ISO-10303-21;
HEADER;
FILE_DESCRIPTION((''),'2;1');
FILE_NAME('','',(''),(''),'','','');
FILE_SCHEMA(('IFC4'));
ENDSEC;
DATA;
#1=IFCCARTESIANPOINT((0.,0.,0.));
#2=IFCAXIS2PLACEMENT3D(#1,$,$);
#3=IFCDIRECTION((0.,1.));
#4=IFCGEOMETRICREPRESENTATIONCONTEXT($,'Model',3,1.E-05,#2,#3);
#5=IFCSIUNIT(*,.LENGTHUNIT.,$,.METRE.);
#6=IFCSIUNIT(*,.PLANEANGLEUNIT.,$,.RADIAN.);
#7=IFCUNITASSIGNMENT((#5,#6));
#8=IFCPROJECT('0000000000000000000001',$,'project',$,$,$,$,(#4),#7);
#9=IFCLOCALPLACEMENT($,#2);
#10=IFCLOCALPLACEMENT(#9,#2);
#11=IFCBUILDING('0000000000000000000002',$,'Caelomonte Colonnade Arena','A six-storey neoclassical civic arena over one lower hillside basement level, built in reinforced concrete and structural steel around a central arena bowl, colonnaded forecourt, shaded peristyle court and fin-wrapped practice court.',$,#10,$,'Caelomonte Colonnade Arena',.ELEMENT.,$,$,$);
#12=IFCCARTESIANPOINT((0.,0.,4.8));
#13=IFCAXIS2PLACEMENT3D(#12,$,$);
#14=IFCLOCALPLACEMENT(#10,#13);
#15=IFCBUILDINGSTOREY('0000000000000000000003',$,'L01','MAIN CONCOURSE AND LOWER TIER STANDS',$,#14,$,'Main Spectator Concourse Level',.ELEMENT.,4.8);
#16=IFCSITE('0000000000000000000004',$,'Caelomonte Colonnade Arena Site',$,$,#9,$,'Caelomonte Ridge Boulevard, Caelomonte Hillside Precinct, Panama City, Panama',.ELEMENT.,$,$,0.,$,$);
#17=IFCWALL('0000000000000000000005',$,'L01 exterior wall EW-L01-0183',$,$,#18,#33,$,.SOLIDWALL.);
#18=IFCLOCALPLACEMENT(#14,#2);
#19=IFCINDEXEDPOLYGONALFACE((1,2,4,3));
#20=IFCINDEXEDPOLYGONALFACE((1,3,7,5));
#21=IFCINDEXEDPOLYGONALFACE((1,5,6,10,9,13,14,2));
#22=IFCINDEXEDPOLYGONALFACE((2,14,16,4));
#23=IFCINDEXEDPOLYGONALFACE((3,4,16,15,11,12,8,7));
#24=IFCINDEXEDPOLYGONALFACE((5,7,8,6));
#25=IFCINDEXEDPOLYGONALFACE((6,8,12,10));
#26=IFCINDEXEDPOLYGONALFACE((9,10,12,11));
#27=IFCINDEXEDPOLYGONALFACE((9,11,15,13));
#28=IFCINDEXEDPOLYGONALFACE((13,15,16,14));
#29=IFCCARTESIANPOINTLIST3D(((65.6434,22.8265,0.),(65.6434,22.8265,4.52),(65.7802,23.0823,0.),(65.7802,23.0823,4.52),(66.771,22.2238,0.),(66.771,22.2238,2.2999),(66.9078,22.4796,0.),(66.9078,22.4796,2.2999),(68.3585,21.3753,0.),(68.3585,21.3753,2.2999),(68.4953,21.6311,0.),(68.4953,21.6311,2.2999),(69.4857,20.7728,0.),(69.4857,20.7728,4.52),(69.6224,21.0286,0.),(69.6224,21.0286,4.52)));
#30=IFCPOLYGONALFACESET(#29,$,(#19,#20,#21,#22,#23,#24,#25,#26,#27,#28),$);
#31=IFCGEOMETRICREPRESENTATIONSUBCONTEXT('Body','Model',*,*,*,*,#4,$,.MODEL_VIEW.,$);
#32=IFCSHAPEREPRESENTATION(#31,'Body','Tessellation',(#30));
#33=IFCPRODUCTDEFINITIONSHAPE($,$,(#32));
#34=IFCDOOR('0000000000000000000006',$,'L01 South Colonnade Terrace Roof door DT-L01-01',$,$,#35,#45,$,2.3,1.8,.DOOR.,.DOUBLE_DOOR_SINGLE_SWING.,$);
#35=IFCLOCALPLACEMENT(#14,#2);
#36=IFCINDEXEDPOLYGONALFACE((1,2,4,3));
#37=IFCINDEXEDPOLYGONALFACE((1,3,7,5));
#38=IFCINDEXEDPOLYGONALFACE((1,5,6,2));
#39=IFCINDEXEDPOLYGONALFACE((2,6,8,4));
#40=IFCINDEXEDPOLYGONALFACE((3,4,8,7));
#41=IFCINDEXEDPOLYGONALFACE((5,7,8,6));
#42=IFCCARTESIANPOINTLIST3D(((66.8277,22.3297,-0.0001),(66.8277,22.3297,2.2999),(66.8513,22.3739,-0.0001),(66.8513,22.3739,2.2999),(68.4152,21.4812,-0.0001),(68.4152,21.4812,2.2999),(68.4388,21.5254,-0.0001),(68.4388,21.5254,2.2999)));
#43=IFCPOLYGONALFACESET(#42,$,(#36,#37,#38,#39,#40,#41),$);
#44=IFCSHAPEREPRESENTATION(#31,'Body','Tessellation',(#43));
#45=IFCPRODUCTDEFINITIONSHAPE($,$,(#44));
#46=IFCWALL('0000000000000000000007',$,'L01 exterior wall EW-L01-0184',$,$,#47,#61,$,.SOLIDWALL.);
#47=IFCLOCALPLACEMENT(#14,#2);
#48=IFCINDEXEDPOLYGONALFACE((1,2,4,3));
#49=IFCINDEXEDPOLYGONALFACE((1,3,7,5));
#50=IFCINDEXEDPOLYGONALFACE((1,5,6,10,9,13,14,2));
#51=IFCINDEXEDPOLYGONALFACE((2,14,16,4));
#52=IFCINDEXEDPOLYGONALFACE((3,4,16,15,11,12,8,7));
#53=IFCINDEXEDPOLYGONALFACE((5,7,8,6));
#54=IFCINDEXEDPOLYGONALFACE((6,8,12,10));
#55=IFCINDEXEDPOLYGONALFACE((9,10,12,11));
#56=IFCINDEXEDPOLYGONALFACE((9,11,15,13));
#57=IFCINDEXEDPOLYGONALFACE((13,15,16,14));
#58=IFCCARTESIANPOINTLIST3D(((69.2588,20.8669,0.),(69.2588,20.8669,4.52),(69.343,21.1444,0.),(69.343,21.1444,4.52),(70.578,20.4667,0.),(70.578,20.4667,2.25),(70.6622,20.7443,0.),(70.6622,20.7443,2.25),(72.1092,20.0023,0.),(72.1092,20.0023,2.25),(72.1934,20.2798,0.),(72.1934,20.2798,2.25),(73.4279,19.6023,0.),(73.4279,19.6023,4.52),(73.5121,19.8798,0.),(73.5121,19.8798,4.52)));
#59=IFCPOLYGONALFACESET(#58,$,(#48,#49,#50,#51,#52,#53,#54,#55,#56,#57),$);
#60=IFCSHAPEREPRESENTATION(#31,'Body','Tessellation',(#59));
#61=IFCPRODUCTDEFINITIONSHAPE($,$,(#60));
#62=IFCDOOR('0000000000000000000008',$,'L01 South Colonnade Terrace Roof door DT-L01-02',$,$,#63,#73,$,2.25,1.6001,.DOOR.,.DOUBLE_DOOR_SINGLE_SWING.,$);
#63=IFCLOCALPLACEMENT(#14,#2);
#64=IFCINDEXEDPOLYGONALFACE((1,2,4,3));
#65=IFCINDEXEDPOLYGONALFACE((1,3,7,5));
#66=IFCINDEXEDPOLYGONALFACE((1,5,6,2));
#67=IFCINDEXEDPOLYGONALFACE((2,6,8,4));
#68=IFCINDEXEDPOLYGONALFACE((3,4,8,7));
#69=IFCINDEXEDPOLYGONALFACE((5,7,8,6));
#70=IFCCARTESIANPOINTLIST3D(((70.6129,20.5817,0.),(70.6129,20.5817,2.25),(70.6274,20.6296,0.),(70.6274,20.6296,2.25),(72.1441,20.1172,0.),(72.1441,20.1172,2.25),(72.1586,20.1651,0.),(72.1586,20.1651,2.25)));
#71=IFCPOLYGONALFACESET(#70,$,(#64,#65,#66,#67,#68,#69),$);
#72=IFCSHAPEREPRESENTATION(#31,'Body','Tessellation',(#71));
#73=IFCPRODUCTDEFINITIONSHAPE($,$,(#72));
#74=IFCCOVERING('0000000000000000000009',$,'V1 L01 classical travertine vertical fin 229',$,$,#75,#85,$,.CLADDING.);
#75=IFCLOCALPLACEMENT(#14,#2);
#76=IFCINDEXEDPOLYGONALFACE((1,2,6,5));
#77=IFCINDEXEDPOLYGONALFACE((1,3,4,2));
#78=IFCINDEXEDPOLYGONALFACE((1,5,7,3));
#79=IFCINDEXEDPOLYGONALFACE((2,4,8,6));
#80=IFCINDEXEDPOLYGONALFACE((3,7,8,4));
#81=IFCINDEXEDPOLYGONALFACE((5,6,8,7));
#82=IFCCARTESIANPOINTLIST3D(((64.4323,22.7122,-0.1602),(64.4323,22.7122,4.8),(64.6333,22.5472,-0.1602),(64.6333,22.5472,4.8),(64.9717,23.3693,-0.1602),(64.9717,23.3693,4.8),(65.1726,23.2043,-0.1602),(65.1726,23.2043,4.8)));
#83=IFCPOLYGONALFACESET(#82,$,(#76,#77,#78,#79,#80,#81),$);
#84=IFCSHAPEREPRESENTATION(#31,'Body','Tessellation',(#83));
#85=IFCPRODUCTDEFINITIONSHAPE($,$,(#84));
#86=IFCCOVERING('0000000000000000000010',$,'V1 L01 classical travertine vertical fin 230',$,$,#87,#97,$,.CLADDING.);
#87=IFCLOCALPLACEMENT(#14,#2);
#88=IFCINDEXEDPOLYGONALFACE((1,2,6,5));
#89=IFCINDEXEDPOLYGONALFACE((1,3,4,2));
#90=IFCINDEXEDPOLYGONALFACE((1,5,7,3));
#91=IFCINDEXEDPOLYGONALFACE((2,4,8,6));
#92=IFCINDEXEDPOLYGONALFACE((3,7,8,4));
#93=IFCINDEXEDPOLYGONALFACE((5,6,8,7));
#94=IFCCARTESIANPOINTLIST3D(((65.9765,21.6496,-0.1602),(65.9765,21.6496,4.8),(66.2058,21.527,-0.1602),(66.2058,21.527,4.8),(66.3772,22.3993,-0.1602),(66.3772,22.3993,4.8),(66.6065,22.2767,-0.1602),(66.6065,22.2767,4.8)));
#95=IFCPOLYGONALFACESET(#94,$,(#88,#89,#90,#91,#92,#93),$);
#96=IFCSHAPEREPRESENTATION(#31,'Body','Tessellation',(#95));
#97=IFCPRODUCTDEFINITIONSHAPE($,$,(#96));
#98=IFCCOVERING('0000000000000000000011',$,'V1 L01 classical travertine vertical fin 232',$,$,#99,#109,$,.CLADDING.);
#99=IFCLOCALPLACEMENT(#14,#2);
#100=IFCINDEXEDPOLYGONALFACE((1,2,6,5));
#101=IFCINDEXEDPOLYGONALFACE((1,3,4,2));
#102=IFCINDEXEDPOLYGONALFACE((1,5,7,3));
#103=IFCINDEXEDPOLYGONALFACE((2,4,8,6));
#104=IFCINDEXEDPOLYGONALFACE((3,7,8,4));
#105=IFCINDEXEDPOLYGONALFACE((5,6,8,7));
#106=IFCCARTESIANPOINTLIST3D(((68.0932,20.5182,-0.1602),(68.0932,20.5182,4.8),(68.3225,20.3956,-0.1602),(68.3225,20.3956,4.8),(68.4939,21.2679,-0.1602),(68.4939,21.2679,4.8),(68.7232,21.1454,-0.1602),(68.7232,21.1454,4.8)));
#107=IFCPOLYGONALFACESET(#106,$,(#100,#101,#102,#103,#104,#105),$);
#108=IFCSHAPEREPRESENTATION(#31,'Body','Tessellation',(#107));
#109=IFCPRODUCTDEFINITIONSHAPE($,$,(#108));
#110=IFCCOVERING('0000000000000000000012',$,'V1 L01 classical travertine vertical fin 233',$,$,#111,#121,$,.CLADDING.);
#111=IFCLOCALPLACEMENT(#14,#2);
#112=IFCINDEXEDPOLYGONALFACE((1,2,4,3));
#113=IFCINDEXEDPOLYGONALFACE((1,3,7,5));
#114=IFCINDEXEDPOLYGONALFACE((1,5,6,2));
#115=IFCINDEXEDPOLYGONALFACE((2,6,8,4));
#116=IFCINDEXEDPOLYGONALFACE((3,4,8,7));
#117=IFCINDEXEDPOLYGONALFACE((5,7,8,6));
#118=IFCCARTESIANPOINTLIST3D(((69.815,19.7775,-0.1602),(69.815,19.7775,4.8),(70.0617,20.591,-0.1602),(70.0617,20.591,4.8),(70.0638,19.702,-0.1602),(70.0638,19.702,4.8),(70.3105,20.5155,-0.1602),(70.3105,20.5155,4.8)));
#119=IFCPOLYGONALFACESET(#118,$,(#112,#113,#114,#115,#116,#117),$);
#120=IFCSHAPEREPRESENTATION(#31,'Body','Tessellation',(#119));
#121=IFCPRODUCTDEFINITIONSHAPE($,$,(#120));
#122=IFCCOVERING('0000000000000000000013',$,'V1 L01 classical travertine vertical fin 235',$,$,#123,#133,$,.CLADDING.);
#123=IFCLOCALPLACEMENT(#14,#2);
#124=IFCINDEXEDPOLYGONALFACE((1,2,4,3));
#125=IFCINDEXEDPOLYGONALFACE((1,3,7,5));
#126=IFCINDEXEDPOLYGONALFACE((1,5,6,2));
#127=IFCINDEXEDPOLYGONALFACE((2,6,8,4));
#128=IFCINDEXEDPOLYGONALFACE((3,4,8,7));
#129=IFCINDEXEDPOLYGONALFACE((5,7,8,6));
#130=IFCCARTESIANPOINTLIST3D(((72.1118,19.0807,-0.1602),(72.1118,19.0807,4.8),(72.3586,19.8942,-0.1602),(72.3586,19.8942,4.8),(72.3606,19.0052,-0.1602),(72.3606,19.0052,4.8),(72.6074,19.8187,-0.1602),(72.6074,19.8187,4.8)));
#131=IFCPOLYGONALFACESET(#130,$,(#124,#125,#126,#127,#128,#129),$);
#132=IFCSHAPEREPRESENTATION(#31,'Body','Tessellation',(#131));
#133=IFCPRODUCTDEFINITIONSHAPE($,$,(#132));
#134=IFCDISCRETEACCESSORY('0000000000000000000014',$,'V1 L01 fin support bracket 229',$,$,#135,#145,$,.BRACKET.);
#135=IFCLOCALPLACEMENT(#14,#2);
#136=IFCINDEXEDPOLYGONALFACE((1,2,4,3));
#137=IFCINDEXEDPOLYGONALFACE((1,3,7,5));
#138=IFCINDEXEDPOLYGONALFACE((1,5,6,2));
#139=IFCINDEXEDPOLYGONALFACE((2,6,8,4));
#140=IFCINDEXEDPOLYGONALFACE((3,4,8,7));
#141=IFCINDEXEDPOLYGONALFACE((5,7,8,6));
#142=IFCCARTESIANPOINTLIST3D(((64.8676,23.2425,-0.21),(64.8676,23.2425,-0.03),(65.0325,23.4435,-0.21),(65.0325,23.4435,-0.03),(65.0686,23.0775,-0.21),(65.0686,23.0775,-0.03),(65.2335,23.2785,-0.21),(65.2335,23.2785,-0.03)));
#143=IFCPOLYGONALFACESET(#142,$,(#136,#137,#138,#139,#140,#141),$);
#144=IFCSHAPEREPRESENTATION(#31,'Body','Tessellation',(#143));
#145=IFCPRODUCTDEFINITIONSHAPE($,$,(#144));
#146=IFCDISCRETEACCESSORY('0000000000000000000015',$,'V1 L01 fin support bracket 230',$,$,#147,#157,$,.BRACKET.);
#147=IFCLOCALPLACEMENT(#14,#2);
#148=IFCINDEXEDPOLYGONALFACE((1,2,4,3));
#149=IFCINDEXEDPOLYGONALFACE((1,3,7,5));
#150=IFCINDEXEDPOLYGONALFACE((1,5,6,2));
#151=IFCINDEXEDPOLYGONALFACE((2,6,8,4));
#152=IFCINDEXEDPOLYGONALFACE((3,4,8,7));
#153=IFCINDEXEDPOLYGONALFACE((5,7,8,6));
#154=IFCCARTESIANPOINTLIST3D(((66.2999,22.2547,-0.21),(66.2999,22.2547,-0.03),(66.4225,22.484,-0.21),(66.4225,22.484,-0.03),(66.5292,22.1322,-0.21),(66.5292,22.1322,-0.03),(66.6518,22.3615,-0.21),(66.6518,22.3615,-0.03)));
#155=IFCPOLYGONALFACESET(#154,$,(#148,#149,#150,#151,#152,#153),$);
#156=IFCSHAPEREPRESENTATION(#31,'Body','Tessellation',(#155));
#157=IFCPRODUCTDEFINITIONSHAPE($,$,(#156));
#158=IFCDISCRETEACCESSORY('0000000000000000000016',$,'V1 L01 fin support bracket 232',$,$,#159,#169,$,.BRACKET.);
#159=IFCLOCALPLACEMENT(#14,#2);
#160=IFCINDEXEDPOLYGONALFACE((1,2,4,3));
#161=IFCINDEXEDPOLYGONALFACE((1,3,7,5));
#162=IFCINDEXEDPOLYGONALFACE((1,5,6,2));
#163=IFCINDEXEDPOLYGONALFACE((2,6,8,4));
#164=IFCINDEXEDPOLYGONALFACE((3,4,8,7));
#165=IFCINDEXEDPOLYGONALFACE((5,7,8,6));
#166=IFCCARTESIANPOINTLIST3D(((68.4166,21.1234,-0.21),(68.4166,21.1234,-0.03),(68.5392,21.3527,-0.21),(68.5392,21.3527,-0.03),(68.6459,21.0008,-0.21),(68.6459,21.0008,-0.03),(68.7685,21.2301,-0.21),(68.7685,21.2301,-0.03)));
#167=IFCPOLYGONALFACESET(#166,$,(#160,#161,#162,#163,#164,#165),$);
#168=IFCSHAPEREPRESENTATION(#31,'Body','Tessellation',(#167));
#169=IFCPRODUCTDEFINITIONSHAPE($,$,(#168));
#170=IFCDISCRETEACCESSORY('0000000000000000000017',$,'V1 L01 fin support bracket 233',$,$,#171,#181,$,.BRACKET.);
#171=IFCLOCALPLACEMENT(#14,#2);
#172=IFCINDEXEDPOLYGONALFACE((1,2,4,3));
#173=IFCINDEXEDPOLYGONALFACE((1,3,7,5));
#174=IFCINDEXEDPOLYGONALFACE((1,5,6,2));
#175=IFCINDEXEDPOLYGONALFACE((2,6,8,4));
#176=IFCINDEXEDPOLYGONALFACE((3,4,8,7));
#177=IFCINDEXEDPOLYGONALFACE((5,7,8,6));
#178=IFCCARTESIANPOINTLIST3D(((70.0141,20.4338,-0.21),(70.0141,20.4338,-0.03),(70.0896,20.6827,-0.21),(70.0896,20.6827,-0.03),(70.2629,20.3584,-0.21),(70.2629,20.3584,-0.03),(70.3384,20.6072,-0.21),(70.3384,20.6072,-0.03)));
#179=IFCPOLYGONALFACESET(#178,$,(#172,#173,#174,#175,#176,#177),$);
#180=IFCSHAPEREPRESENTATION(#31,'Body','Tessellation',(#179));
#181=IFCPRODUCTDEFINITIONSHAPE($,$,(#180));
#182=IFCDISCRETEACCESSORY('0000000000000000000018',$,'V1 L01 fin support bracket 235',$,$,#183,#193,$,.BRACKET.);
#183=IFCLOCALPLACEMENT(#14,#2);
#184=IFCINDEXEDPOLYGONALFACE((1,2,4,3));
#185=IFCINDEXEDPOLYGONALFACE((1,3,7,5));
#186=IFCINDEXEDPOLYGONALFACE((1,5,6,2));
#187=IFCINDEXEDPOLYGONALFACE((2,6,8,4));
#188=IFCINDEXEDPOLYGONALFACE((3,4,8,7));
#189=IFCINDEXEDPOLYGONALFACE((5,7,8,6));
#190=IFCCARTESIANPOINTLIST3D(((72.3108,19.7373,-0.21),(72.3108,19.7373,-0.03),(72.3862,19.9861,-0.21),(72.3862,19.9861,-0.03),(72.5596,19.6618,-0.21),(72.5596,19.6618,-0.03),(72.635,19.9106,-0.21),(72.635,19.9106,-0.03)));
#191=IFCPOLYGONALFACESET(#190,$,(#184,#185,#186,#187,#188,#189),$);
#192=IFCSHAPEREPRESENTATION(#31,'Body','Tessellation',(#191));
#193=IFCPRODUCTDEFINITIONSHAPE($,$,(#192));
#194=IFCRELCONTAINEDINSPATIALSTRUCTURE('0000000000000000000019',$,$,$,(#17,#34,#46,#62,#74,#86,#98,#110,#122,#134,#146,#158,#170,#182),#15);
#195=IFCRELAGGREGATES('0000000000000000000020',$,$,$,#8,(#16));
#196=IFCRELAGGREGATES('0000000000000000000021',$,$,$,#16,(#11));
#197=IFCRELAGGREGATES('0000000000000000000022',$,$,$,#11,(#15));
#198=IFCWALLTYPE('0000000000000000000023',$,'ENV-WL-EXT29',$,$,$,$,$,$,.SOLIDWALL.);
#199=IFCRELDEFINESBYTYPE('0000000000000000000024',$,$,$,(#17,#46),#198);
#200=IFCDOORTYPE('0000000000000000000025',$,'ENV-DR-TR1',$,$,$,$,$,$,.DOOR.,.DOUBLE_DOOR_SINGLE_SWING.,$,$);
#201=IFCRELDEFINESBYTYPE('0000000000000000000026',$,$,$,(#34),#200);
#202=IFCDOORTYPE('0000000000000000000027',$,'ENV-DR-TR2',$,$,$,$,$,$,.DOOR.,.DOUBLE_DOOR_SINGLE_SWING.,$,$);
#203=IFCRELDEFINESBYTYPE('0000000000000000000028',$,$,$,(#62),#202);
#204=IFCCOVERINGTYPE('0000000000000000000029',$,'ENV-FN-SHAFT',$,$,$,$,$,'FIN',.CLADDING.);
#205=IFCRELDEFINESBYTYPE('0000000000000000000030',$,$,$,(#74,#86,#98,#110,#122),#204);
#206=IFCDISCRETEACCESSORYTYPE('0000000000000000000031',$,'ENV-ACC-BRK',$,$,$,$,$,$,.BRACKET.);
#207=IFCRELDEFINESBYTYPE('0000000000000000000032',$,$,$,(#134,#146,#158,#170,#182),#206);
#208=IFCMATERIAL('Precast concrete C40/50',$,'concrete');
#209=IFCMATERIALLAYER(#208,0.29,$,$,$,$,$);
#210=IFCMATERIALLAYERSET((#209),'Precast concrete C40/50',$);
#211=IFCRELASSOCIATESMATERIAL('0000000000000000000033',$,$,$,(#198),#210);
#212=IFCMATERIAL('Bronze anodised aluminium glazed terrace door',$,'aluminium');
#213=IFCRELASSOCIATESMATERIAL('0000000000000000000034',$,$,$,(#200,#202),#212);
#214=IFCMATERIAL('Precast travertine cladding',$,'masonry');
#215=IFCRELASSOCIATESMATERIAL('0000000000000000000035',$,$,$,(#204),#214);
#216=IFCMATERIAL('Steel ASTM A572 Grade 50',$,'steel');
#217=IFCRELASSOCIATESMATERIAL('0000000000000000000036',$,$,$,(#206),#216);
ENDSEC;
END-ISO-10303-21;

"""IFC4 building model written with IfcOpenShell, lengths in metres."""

from ifc_helpers import new_model, si_unit, direction, frame, frame_2d, origin, origin_2d, place, context, subcontext, project, spatial, rectangle, extrude, material, layer, layer_set, material_profile, profile_set, type_object, element, fill, save


model = new_model("IFC4")

# Units and contexts
model_context = context("Model", 3, precision=1e-05, world=origin(), true_north=direction((0.0, 1.0)))
body_context = subcontext(model_context, "Body", "Model", "MODEL_VIEW")
ifc_project = project(units=[si_unit("LENGTHUNIT", "METRE"), si_unit("PLANEANGLEUNIT", "RADIAN")], contexts=[model_context])

# Site, building, storey
site_placement = place(None, origin())
site = spatial("IfcSite", under=ifc_project, at=site_placement, Name="Caelomonte Colonnade Arena Site", LongName="Caelomonte Ridge Boulevard, Caelomonte Hillside Precinct, Panama City, Panama", CompositionType="ELEMENT", RefElevation=0.0)
building_placement = place(site_placement, origin())
building = spatial("IfcBuilding", under=site, at=building_placement, Name="Caelomonte Colonnade Arena", Description="A six-storey neoclassical civic arena over one lower hillside basement level, built in reinforced concrete and structural steel around a central arena bowl, colonnaded forecourt, shaded peristyle court and fin-wrapped practice court.", LongName="Caelomonte Colonnade Arena", CompositionType="ELEMENT")
storey_placement = place(building_placement, frame((0.0, 0.0, 4.8)))
storey = spatial("IfcBuildingStorey", under=building, at=storey_placement, Name="L01", Description="MAIN CONCOURSE AND LOWER TIER STANDS", LongName="Main Spectator Concourse Level", CompositionType="ELEMENT", Elevation=4.8)

# Walls, openings, doors
ifc_material_1 = material(Name="Precast concrete C40/50", Category="concrete")
ifc_layer_1 = layer(ifc_material_1, 0.29)
ifc_layer_set_1 = layer_set([ifc_layer_1], Name="Precast concrete C40/50")
wall_type = type_object("IfcWallType", Name="ENV-WL-EXT29", PredefinedType="SOLIDWALL", material=ifc_layer_set_1)
wall_1_placement = place(storey_placement, frame((65.7119, 22.9543, 0.0), z_axis=(0.0, 0.0, 1.0), x_axis=(0.881924, -0.471391, 0.0)))
wall_1 = element("IfcWall", 1, at=wall_1_placement, inside=storey, type_object=wall_type, Name="L01 exterior wall EW-L01-0183", PredefinedType="SOLIDWALL", context=body_context, shape_type="SweptSolid", body=[
    extrude(rectangle(XDim=4.3567, YDim=0.29, at=frame_2d((2.1782, 0.0))), origin(), (0.0, 0.0, 1.0), 4.52),
])
opening_1_placement = place(wall_1_placement, frame((3.0784, 0.0, 0.0), z_axis=(0.0, 0.0, 1.0), x_axis=(-1.0, 0.0, 0.0)))
opening_1 = element("IfcOpeningElement", 2, at=opening_1_placement, cuts=wall_1, PredefinedType="OPENING", context=body_context, shape_type="SweptSolid", body=[
    extrude(rectangle(XDim=1.8, YDim=2.3, at=frame_2d((0.8999, 1.1499))), frame((0.0, 0.155, 0.0), z_axis=(0.0, -1.0, 0.0), x_axis=(1.0, 0.0, 0.0)), (0.0, 0.0, 1.0), 0.3101),
])
ifc_material_2 = material(Name="Bronze anodised aluminium glazed terrace door", Category="aluminium")
door_type_1 = type_object("IfcDoorType", Name="ENV-DR-TR1", OperationType="DOUBLE_DOOR_SINGLE_SWING", PredefinedType="DOOR", material=ifc_material_2)
door_1_placement = place(opening_1_placement, origin())
door_1 = element("IfcDoor", 3, at=door_1_placement, inside=storey, type_object=door_type_1, Name="L01 South Colonnade Terrace Roof door DT-L01-01", OperationType="DOUBLE_DOOR_SINGLE_SWING", OverallHeight=2.3, OverallWidth=1.8, PredefinedType="DOOR", context=body_context, shape_type="SweptSolid", body=[
    extrude(rectangle(XDim=1.8, YDim=2.3, at=frame_2d((0.8999, 1.1499))), frame((0.0, 0.0249, 0.0), z_axis=(0.0, -1.0, 0.0), x_axis=(1.0, 0.0, 0.0)), (0.0, 0.0, 1.0), 0.05),
])
fill(opening_1, door_1)
wall_2_placement = place(storey_placement, frame((69.301, 21.0056, 0.0), z_axis=(0.0, 0.0, 1.0), x_axis=(0.956944, -0.290272, 0.0)))
wall_2 = element("IfcWall", 4, at=wall_2_placement, inside=storey, type_object=wall_type, Name="L01 exterior wall EW-L01-0184", PredefinedType="SOLIDWALL", context=body_context, shape_type="SweptSolid", body=[
    extrude(rectangle(XDim=4.3567, YDim=0.29, at=frame_2d((2.1782, 0.0))), origin(), (0.0, 0.0, 1.0), 4.52),
])
opening_2_placement = place(wall_2_placement, frame((2.9785, 0.0, 0.0), z_axis=(0.0, 0.0, 1.0), x_axis=(-1.0, 0.0, 0.0)))
opening_2 = element("IfcOpeningElement", 5, at=opening_2_placement, cuts=wall_2, PredefinedType="OPENING", context=body_context, shape_type="SweptSolid", body=[
    extrude(rectangle(XDim=1.6001, YDim=2.25, at=frame_2d((0.8, 1.125))), frame((0.0, 0.155, 0.0), z_axis=(0.0, -1.0, 0.0), x_axis=(1.0, 0.0, 0.0)), (0.0, 0.0, 1.0), 0.3101),
])
door_type_2 = type_object("IfcDoorType", Name="ENV-DR-TR2", OperationType="DOUBLE_DOOR_SINGLE_SWING", PredefinedType="DOOR", material=ifc_material_2)
door_2_placement = place(opening_2_placement, origin())
door_2 = element("IfcDoor", 6, at=door_2_placement, inside=storey, type_object=door_type_2, Name="L01 South Colonnade Terrace Roof door DT-L01-02", OperationType="DOUBLE_DOOR_SINGLE_SWING", OverallHeight=2.25, OverallWidth=1.6001, PredefinedType="DOOR", context=body_context, shape_type="SweptSolid", body=[
    extrude(rectangle(XDim=1.6001, YDim=2.25, at=frame_2d((0.8, 1.125))), frame((0.0, 0.0249, 0.0), z_axis=(0.0, -1.0, 0.0), x_axis=(1.0, 0.0, 0.0)), (0.0, 0.0, 1.0), 0.05),
])
fill(opening_2, door_2)

# Coverings
ifc_material_3 = material(Name="Precast travertine cladding", Category="masonry")
ifc_material_profile_1 = material_profile(ifc_material_3, rectangle(XDim=0.26, YDim=0.8501, at=origin_2d()), Name="FIN260X850")
ifc_profile_set_1 = profile_set([ifc_material_profile_1], Name="Precast travertine cladding")
covering_type = type_object("IfcCoveringType", Name="ENV-FN-SHAFT", ElementType="FIN", PredefinedType="CLADDING", material=ifc_profile_set_1)
for number, where, z_axis, x_axis, name in (
    (7, (64.8025, 22.9583, -0.1602), (0.0, 0.0, 1.0), (-0.772994, 0.634414, 0.0), "V1 L01 classical travertine vertical fin 229"),
    (8, (66.2915, 21.9631, -0.1602), (0.0, 0.0, 1.0), (-0.881921, 0.471397, 0.0), "V1 L01 classical travertine vertical fin 230"),
    (9, (68.4082, 20.8318, -0.1602), (0.0, 0.0, 1.0), (-0.881921, 0.471397, 0.0), "V1 L01 classical travertine vertical fin 232"),
    (10, (70.0627, 20.1465, -0.1602), (0.0, 0.0, 1.0), (-0.956943, 0.290276, 0.0), "V1 L01 classical travertine vertical fin 233"),
    (11, (72.3596, 19.4497, -0.1602), (0.0, 0.0, 1.0), (-0.956943, 0.290276, 0.0), "V1 L01 classical travertine vertical fin 235"),
):
    element("IfcCovering", number, at=place(storey_placement, frame(where, z_axis=z_axis, x_axis=x_axis)), inside=storey, type_object=covering_type, Name=name, PredefinedType="CLADDING", context=body_context, shape_type="SweptSolid", body=[
        extrude(rectangle(XDim=0.26, YDim=0.8501, at=origin_2d()), origin(), (0.0, 0.0, 1.0), 4.9602),
    ])

# Discrete accessories
ifc_material_4 = material(Name="Steel ASTM A572 Grade 50", Category="steel")
discrete_accessory_type = type_object("IfcDiscreteAccessoryType", Name="ENV-ACC-BRK", PredefinedType="BRACKET", material=ifc_material_4)
for number, where, z_axis, x_axis, name in (
    (12, (65.0505, 23.2605, -0.21), (0.0, 0.0, 1.0), (0.772994, -0.634414, 0.0), "V1 L01 fin support bracket 229"),
    (13, (66.4758, 22.3081, -0.21), (0.0, 0.0, 1.0), (0.881921, -0.471397, 0.0), "V1 L01 fin support bracket 230"),
    (14, (68.5925, 21.1768, -0.21), (0.0, 0.0, 1.0), (0.881921, -0.471397, 0.0), "V1 L01 fin support bracket 232"),
    (15, (70.1763, 20.5205, -0.21), (0.0, 0.0, 1.0), (0.956943, -0.290276, 0.0), "V1 L01 fin support bracket 233"),
    (16, (72.4729, 19.824, -0.21), (0.0, 0.0, 1.0), (0.956943, -0.290276, 0.0), "V1 L01 fin support bracket 235"),
):
    element("IfcDiscreteAccessory", number, at=place(storey_placement, frame(where, z_axis=z_axis, x_axis=x_axis)), inside=storey, type_object=discrete_accessory_type, Name=name, PredefinedType="BRACKET", context=body_context, shape_type="SweptSolid", body=[
        extrude(rectangle(XDim=0.26, YDim=0.26, at=origin_2d()), origin(), (0.0, 0.0, 1.0), 0.1799),
    ])

save(model, "model.ifc")
